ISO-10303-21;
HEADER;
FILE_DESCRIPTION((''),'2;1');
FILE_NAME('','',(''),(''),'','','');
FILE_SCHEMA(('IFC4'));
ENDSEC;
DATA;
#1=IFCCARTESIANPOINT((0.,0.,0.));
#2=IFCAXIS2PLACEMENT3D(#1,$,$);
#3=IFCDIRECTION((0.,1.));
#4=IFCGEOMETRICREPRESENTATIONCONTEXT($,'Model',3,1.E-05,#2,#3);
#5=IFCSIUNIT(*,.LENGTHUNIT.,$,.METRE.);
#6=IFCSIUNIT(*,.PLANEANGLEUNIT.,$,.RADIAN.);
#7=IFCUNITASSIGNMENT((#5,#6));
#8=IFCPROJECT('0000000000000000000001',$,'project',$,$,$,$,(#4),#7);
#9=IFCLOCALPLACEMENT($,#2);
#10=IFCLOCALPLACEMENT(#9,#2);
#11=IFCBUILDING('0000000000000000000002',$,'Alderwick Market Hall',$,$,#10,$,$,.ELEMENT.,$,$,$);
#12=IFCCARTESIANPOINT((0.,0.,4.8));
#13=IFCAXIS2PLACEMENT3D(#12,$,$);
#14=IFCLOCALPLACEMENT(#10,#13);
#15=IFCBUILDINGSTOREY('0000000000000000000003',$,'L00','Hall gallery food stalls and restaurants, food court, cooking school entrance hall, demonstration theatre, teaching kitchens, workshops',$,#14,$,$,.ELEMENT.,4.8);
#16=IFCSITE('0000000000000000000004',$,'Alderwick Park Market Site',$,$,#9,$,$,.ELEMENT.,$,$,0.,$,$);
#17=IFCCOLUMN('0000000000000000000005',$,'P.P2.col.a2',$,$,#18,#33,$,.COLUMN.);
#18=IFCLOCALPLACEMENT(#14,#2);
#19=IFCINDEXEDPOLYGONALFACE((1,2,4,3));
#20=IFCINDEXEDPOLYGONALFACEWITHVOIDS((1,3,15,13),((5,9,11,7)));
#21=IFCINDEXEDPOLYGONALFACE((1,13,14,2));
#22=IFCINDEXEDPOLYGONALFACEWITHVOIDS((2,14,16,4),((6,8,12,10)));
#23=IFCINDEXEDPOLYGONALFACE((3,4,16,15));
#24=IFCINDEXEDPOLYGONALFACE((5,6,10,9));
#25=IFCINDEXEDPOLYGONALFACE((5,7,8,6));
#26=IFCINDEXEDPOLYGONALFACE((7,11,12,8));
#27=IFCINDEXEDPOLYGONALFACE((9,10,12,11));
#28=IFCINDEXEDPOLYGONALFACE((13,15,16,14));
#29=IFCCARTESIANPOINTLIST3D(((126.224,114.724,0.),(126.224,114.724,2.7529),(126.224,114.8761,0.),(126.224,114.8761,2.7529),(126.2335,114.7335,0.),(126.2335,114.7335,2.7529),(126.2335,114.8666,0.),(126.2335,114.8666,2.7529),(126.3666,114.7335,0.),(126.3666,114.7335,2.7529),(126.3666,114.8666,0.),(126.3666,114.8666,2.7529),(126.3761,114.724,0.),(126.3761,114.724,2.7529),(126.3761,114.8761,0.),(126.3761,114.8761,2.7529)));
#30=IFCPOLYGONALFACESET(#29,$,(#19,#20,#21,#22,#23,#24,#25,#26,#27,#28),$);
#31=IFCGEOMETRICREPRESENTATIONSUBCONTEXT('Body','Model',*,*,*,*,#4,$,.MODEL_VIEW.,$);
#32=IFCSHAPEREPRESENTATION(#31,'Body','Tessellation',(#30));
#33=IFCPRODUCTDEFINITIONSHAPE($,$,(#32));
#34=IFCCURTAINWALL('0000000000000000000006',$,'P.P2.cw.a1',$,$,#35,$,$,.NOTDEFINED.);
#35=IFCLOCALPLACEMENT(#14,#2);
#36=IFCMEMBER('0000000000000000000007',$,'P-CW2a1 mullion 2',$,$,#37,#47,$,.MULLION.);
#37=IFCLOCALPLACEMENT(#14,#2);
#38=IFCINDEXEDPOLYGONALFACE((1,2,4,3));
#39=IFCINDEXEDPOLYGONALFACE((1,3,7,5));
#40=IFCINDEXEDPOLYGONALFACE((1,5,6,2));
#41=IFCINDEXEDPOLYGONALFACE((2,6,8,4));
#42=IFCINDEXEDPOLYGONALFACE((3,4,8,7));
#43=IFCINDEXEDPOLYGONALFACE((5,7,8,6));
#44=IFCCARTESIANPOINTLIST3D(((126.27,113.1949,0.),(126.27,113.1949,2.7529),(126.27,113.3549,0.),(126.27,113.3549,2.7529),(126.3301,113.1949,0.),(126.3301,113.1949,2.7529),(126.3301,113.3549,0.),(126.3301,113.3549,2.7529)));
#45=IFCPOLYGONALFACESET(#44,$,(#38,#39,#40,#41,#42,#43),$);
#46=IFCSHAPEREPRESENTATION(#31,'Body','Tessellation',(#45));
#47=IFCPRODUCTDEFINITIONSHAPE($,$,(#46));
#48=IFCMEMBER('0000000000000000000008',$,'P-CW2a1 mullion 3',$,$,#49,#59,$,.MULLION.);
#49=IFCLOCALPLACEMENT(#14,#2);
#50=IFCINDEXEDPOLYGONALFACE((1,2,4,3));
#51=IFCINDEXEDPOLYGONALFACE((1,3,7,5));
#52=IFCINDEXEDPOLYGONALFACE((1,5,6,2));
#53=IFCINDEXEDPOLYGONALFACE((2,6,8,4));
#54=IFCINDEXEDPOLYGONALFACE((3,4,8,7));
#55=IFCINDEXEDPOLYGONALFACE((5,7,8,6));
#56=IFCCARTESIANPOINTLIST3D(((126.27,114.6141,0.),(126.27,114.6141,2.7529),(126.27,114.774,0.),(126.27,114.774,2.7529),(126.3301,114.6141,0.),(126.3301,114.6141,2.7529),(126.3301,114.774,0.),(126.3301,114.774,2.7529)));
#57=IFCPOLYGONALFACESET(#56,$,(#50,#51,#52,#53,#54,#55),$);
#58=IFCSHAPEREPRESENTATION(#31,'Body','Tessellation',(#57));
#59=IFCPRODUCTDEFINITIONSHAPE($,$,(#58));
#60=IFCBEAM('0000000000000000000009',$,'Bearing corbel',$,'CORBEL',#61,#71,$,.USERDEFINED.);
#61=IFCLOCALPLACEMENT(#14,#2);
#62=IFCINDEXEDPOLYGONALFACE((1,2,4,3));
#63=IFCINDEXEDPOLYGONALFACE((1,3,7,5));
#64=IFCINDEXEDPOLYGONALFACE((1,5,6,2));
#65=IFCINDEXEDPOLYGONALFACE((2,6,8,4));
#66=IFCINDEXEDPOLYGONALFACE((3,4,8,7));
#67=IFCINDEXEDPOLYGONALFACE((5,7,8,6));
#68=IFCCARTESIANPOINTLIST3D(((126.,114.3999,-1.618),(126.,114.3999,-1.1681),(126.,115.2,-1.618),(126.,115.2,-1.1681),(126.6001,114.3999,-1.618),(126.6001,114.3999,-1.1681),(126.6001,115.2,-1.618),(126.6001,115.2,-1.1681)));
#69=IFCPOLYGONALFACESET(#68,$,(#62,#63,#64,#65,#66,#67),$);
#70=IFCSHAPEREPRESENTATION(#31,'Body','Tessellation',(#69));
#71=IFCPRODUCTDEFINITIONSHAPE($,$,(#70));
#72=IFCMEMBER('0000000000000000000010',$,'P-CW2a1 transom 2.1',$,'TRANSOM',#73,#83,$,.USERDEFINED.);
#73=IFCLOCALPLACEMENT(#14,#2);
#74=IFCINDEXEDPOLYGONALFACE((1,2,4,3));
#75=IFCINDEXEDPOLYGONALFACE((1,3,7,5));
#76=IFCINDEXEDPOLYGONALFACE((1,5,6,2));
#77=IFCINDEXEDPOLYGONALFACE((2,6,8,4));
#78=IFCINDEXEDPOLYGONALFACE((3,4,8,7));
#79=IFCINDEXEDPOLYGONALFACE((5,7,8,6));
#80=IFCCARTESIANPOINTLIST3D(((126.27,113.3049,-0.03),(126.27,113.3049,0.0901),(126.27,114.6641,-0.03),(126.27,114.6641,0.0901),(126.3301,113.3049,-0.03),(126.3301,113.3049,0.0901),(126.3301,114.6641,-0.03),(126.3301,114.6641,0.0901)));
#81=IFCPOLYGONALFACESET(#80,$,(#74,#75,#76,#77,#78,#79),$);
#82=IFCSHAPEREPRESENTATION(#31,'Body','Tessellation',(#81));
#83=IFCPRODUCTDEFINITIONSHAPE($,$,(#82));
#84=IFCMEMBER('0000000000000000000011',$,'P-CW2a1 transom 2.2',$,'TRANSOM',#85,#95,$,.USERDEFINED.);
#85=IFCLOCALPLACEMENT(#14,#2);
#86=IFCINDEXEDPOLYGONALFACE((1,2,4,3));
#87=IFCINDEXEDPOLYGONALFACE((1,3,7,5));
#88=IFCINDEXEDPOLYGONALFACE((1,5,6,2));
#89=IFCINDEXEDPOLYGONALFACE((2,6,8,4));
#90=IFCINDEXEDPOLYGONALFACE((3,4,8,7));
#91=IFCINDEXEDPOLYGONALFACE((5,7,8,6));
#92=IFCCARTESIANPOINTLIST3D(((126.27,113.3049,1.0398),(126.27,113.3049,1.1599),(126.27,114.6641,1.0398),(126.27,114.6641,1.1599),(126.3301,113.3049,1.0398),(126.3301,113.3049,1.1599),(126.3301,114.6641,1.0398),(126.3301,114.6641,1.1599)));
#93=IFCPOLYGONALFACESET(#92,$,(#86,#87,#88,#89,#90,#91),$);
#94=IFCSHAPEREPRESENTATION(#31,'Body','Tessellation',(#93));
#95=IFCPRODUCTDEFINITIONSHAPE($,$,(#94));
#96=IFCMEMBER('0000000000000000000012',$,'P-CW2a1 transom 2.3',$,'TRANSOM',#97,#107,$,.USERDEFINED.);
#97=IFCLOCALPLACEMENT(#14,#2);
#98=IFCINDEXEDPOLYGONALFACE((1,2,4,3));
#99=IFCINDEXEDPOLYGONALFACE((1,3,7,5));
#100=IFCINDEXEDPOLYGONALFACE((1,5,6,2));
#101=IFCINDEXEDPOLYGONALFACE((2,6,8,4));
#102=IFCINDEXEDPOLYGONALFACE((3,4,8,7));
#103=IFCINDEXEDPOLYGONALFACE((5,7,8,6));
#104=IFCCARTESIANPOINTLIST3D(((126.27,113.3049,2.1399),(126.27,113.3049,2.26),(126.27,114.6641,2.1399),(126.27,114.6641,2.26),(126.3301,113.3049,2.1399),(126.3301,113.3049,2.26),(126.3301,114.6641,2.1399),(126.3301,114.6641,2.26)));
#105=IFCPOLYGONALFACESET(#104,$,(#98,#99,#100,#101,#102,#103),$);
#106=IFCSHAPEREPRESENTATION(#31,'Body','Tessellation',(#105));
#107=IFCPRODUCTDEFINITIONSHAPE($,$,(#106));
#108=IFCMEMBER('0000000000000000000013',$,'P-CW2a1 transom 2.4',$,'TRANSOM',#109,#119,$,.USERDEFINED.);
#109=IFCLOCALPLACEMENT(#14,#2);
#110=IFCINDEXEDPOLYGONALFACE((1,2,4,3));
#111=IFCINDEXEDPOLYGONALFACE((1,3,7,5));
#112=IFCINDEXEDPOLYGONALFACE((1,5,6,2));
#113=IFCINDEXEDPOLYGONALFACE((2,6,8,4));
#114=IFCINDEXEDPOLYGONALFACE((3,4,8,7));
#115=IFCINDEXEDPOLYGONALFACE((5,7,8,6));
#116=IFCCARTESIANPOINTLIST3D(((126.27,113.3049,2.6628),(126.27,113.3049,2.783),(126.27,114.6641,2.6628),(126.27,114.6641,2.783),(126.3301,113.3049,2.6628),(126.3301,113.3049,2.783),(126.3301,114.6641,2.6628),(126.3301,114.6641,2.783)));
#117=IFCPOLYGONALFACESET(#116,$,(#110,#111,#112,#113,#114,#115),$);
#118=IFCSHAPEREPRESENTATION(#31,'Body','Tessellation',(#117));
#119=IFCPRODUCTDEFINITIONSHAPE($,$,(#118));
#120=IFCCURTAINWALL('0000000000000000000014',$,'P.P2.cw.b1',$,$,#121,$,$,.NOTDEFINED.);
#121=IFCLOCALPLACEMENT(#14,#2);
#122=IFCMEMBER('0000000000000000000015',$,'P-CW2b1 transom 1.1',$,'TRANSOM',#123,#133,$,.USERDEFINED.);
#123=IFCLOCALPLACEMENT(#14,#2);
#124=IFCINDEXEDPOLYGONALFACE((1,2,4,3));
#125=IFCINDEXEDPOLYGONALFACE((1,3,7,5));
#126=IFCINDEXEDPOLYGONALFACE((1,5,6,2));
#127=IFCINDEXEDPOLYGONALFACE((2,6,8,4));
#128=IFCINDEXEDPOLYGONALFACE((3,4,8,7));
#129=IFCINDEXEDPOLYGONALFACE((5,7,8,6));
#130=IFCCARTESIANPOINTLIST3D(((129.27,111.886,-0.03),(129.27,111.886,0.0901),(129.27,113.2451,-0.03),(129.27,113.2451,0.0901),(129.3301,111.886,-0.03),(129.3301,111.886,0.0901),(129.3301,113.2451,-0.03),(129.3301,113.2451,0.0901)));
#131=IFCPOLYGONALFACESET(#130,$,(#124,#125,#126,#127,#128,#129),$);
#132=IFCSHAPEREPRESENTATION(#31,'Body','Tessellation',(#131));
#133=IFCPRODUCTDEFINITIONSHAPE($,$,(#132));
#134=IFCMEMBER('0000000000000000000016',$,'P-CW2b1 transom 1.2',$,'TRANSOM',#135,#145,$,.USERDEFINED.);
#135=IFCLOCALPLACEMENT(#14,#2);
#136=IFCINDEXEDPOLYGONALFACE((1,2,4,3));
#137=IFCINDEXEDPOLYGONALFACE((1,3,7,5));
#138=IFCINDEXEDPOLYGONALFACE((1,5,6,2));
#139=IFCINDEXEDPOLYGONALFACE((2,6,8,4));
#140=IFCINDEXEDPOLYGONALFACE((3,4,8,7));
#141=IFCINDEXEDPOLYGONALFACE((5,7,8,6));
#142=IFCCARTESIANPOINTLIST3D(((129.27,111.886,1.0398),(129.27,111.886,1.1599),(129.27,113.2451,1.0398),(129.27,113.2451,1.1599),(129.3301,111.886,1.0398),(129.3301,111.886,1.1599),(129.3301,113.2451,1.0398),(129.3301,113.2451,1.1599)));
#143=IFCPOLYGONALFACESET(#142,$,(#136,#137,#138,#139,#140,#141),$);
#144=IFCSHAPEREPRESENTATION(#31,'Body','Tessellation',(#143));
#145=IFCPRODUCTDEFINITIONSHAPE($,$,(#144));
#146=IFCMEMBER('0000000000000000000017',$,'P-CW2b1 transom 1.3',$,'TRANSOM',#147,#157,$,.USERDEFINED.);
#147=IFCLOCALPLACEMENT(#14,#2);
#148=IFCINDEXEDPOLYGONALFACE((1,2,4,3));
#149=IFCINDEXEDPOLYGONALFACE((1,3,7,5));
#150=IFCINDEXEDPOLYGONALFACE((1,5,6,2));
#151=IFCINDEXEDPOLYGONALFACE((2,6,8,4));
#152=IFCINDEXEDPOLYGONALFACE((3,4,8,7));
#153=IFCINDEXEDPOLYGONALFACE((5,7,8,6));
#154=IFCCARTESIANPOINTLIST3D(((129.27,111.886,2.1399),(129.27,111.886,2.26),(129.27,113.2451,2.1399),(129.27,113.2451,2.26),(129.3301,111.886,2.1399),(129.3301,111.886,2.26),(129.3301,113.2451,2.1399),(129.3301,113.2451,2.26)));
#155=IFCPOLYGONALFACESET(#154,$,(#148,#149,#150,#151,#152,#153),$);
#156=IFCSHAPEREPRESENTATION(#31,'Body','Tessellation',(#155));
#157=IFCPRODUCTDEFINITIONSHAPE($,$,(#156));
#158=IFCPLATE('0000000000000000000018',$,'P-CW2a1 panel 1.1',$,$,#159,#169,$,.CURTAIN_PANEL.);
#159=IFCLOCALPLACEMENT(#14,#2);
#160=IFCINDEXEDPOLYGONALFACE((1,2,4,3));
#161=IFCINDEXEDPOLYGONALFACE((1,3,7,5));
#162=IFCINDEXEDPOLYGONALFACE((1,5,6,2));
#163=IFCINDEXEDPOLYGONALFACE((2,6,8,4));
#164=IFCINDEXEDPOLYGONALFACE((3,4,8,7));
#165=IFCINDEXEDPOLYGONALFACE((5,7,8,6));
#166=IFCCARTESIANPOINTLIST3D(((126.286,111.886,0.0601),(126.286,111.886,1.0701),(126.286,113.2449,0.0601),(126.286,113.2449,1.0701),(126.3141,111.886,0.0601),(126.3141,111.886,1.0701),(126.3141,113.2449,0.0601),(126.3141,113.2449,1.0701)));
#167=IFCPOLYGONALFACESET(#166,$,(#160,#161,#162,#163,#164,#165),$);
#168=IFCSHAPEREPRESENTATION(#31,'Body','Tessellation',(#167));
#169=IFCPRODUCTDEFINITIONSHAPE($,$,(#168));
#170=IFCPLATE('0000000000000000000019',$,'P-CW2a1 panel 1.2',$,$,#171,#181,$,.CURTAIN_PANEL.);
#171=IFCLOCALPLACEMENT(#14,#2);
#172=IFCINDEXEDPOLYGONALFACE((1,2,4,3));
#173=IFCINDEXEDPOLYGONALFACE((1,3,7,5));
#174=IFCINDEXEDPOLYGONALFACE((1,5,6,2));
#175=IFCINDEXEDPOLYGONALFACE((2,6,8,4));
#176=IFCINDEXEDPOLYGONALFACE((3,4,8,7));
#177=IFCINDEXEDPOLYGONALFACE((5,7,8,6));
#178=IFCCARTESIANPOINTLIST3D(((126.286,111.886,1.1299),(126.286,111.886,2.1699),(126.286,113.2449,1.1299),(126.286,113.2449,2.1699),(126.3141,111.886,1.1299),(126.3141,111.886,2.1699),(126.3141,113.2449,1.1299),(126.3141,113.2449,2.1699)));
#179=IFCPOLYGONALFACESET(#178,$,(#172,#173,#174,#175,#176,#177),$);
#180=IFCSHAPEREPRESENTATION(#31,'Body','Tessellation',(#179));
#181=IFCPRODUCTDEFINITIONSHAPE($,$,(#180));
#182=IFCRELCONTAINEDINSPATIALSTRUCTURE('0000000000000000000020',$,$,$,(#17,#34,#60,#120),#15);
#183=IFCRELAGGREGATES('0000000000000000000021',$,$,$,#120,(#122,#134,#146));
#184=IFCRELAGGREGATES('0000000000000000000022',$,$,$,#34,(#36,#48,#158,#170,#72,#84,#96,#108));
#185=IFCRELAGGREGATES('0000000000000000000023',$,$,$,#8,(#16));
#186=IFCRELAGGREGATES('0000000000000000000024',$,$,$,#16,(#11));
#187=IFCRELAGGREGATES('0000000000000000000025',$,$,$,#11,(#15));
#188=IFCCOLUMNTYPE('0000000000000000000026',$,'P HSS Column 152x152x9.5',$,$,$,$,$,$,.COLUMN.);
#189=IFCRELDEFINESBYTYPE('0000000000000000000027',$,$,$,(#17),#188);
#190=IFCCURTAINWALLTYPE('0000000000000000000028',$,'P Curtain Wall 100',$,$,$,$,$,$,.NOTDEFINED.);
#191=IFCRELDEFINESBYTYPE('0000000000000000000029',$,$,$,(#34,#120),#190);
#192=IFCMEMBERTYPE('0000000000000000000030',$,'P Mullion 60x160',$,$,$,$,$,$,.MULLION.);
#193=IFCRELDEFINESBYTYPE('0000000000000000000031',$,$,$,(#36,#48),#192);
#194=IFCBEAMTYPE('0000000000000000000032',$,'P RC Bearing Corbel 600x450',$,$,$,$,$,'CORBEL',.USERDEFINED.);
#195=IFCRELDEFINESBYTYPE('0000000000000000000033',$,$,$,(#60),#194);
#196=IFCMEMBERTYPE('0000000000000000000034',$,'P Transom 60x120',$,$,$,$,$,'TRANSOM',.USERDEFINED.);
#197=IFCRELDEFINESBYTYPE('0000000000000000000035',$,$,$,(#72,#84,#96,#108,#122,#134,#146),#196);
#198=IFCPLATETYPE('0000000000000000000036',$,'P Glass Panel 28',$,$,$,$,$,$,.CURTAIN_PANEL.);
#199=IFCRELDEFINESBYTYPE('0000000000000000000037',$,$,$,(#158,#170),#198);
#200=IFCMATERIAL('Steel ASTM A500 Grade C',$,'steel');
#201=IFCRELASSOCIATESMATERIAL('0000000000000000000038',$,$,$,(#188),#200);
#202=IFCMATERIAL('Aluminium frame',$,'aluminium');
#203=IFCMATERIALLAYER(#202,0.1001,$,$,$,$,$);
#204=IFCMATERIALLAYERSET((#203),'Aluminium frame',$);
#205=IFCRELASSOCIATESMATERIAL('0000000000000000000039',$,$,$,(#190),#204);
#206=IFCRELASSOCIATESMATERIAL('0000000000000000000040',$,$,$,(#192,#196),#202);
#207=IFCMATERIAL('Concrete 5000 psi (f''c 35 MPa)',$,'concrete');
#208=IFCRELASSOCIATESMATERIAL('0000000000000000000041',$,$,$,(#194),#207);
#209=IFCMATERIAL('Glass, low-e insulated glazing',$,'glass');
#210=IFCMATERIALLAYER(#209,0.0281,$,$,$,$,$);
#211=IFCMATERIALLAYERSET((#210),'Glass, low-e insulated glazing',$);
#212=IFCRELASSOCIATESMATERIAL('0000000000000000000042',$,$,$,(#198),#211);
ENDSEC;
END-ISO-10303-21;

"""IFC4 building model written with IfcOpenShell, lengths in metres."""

from ifc_helpers import new_model, si_unit, direction, frame, origin, origin_2d, place, context, subcontext, project, spatial, rectangle, hollow_rectangle, extrude, material, layer, layer_set, material_profile, profile_set, type_object, element, aggregate, save


model = new_model("IFC4")

# Units and contexts
model_context = context("Model", 3, precision=1e-05, world=origin(), true_north=direction((0.0, 1.0)))
body_context = subcontext(model_context, "Body", "Model", "MODEL_VIEW")
ifc_project = project(units=[si_unit("LENGTHUNIT", "METRE"), si_unit("PLANEANGLEUNIT", "RADIAN")], contexts=[model_context])

# Site, building, storey
site_placement = place(None, origin())
site = spatial("IfcSite", under=ifc_project, at=site_placement, Name="Alderwick Park Market Site", CompositionType="ELEMENT", RefElevation=0.0)
building_placement = place(site_placement, origin())
building = spatial("IfcBuilding", under=site, at=building_placement, Name="Alderwick Market Hall", CompositionType="ELEMENT")
storey_placement = place(building_placement, frame((0.0, 0.0, 4.8)))
storey = spatial("IfcBuildingStorey", under=building, at=storey_placement, Name="L00", Description="Hall gallery food stalls and restaurants, food court, cooking school entrance hall, demonstration theatre, teaching kitchens, workshops", CompositionType="ELEMENT", Elevation=4.8)

# Column
ifc_material_1 = material(Name="Steel ASTM A500 Grade C", Category="steel")
ifc_material_profile_1 = material_profile(ifc_material_1, hollow_rectangle(XDim=0.1521, YDim=0.1521, WallThickness=0.0095, at=origin_2d()), Name="HSS152x152x9.5")
ifc_profile_set_1 = profile_set([ifc_material_profile_1], Name="Steel ASTM A500 Grade C")
column_type = type_object("IfcColumnType", Name="P HSS Column 152x152x9.5", PredefinedType="COLUMN", material=ifc_profile_set_1)
column_placement = place(storey_placement, frame((126.3, 114.8, 0.0), z_axis=(0.0, 0.0, 1.0), x_axis=(1.0, 0.0, 0.0)))
element("IfcColumn", 1, at=column_placement, inside=storey, type_object=column_type, Name="P.P2.col.a2", PredefinedType="COLUMN", context=body_context, shape_type="SweptSolid", body=[
    extrude(hollow_rectangle(XDim=0.1521, YDim=0.1521, WallThickness=0.0095, at=origin_2d()), origin(), (0.0, 0.0, 1.0), 2.7529),
])

# Curtain wall, members
ifc_material_2 = material(Name="Aluminium frame", Category="aluminium")
ifc_layer_1 = layer(ifc_material_2, 0.1001)
ifc_layer_set_1 = layer_set([ifc_layer_1], Name="Aluminium frame")
curtain_wall_type = type_object("IfcCurtainWallType", Name="P Curtain Wall 100", PredefinedType="NOTDEFINED", material=ifc_layer_set_1)
curtain_wall_1_placement = place(storey_placement, origin())
curtain_wall_1 = element("IfcCurtainWall", 2, at=curtain_wall_1_placement, inside=storey, type_object=curtain_wall_type, Name="P.P2.cw.a1", PredefinedType="NOTDEFINED")
ifc_material_profile_2 = material_profile(ifc_material_2, rectangle(XDim=0.0601, YDim=0.1599, at=origin_2d()), Name="P Mullion 60x160")
ifc_profile_set_2 = profile_set([ifc_material_profile_2], Name="Aluminium frame")
member_type_1 = type_object("IfcMemberType", Name="P Mullion 60x160", PredefinedType="MULLION", material=ifc_profile_set_2)
member_1_placement = place(storey_placement, frame((126.3, 113.2749, 0.0), z_axis=(0.0, 0.0, 1.0), x_axis=(-1.0, 0.0, 0.0)))
member_1 = element("IfcMember", 3, at=member_1_placement, type_object=member_type_1, Name="P-CW2a1 mullion 2", PredefinedType="MULLION", context=body_context, shape_type="SweptSolid", body=[
    extrude(rectangle(XDim=0.0601, YDim=0.1599, at=origin_2d()), origin(), (0.0, 0.0, 1.0), 2.7529),
])
member_2_placement = place(storey_placement, frame((126.3, 114.6941, 0.0), z_axis=(0.0, 0.0, 1.0), x_axis=(-1.0, 0.0, 0.0)))
member_2 = element("IfcMember", 4, at=member_2_placement, type_object=member_type_1, Name="P-CW2a1 mullion 3", PredefinedType="MULLION", context=body_context, shape_type="SweptSolid", body=[
    extrude(rectangle(XDim=0.0601, YDim=0.1599, at=origin_2d()), origin(), (0.0, 0.0, 1.0), 2.7529),
])

# Beam
ifc_material_3 = material(Name="Concrete 5000 psi (f'c 35 MPa)", Category="concrete")
ifc_material_profile_3 = material_profile(ifc_material_3, rectangle(XDim=0.6001, YDim=0.45, at=origin_2d()), Name="P RC Bearing Corbel 600x450")
ifc_profile_set_3 = profile_set([ifc_material_profile_3], Name="Concrete 5000 psi (f'c 35 MPa)")
beam_type = type_object("IfcBeamType", Name="P RC Bearing Corbel 600x450", ElementType="CORBEL", PredefinedType="USERDEFINED", material=ifc_profile_set_3)
beam_placement = place(storey_placement, frame((126.3, 114.3999, -1.3931), z_axis=(0.0, 1.0, 0.0), x_axis=(-1.0, 0.0, 0.0)))
element("IfcBeam", 5, at=beam_placement, inside=storey, type_object=beam_type, Name="Bearing corbel", ObjectType="CORBEL", PredefinedType="USERDEFINED", context=body_context, shape_type="SweptSolid", body=[
    extrude(rectangle(XDim=0.6001, YDim=0.45, at=origin_2d()), origin(), (0.0, 0.0, 1.0), 0.8),
])

# Members
ifc_material_profile_4 = material_profile(ifc_material_2, rectangle(XDim=0.0601, YDim=0.1201, at=origin_2d()), Name="P Transom 60x120")
ifc_profile_set_4 = profile_set([ifc_material_profile_4], Name="Aluminium frame")
member_type_2 = type_object("IfcMemberType", Name="P Transom 60x120", ElementType="TRANSOM", PredefinedType="USERDEFINED", material=ifc_profile_set_4)
member_3_placement = place(storey_placement, frame((126.3, 113.3049, 0.03), z_axis=(0.0, 1.0, 0.0), x_axis=(-1.0, 0.0, 0.0)))
member_3 = element("IfcMember", 6, at=member_3_placement, type_object=member_type_2, Name="P-CW2a1 transom 2.1", ObjectType="TRANSOM", PredefinedType="USERDEFINED", context=body_context, shape_type="SweptSolid", body=[
    extrude(rectangle(XDim=0.0601, YDim=0.1201, at=origin_2d()), origin(), (0.0, 0.0, 1.0), 1.3591),
])
member_4_placement = place(storey_placement, frame((126.3, 113.3049, 1.0999), z_axis=(0.0, 1.0, 0.0), x_axis=(-1.0, 0.0, 0.0)))
member_4 = element("IfcMember", 7, at=member_4_placement, type_object=member_type_2, Name="P-CW2a1 transom 2.2", ObjectType="TRANSOM", PredefinedType="USERDEFINED", context=body_context, shape_type="SweptSolid", body=[
    extrude(rectangle(XDim=0.0601, YDim=0.1201, at=origin_2d()), origin(), (0.0, 0.0, 1.0), 1.3591),
])
member_5_placement = place(storey_placement, frame((126.3, 113.3049, 2.2), z_axis=(0.0, 1.0, 0.0), x_axis=(-1.0, 0.0, 0.0)))
member_5 = element("IfcMember", 8, at=member_5_placement, type_object=member_type_2, Name="P-CW2a1 transom 2.3", ObjectType="TRANSOM", PredefinedType="USERDEFINED", context=body_context, shape_type="SweptSolid", body=[
    extrude(rectangle(XDim=0.0601, YDim=0.1201, at=origin_2d()), origin(), (0.0, 0.0, 1.0), 1.3591),
])
member_6_placement = place(storey_placement, frame((126.3, 113.3049, 2.7229), z_axis=(0.0, 1.0, 0.0), x_axis=(-1.0, 0.0, 0.0)))
member_6 = element("IfcMember", 9, at=member_6_placement, type_object=member_type_2, Name="P-CW2a1 transom 2.4", ObjectType="TRANSOM", PredefinedType="USERDEFINED", context=body_context, shape_type="SweptSolid", body=[
    extrude(rectangle(XDim=0.0601, YDim=0.1201, at=origin_2d()), origin(), (0.0, 0.0, 1.0), 1.3591),
])

# Curtain wall, members
curtain_wall_2_placement = place(storey_placement, origin())
curtain_wall_2 = element("IfcCurtainWall", 10, at=curtain_wall_2_placement, inside=storey, type_object=curtain_wall_type, Name="P.P2.cw.b1", PredefinedType="NOTDEFINED")
member_7_placement = place(storey_placement, frame((129.3, 111.886, 0.03), z_axis=(0.0, 1.0, 0.0), x_axis=(-1.0, 0.0, 0.0)))
member_7 = element("IfcMember", 11, at=member_7_placement, type_object=member_type_2, Name="P-CW2b1 transom 1.1", ObjectType="TRANSOM", PredefinedType="USERDEFINED", context=body_context, shape_type="SweptSolid", body=[
    extrude(rectangle(XDim=0.0601, YDim=0.1201, at=origin_2d()), origin(), (0.0, 0.0, 1.0), 1.3591),
])
member_8_placement = place(storey_placement, frame((129.3, 111.886, 1.0999), z_axis=(0.0, 1.0, 0.0), x_axis=(-1.0, 0.0, 0.0)))
member_8 = element("IfcMember", 12, at=member_8_placement, type_object=member_type_2, Name="P-CW2b1 transom 1.2", ObjectType="TRANSOM", PredefinedType="USERDEFINED", context=body_context, shape_type="SweptSolid", body=[
    extrude(rectangle(XDim=0.0601, YDim=0.1201, at=origin_2d()), origin(), (0.0, 0.0, 1.0), 1.3591),
])
member_9_placement = place(storey_placement, frame((129.3, 111.886, 2.2), z_axis=(0.0, 1.0, 0.0), x_axis=(-1.0, 0.0, 0.0)))
member_9 = element("IfcMember", 13, at=member_9_placement, type_object=member_type_2, Name="P-CW2b1 transom 1.3", ObjectType="TRANSOM", PredefinedType="USERDEFINED", context=body_context, shape_type="SweptSolid", body=[
    extrude(rectangle(XDim=0.0601, YDim=0.1201, at=origin_2d()), origin(), (0.0, 0.0, 1.0), 1.3591),
])
aggregate(curtain_wall_2, [member_7, member_8, member_9])

# Plates
ifc_material_4 = material(Name="Glass, low-e insulated glazing", Category="glass")
ifc_layer_2 = layer(ifc_material_4, 0.0281)
ifc_layer_set_2 = layer_set([ifc_layer_2], Name="Glass, low-e insulated glazing")
plate_type_1 = type_object("IfcPlateType", Name="P Glass Panel 28", PredefinedType="CURTAIN_PANEL", material=ifc_layer_set_2)
plate_1_placement = place(storey_placement, frame((126.3, 112.5654, 0.0601), z_axis=(0.0, 0.0, 1.0), x_axis=(0.0, 1.0, 0.0)))
plate_1 = element("IfcPlate", 14, at=plate_1_placement, type_object=plate_type_1, Name="P-CW2a1 panel 1.1", PredefinedType="CURTAIN_PANEL", context=body_context, shape_type="SweptSolid", body=[
    extrude(rectangle(XDim=1.3589, YDim=0.0281, at=origin_2d()), origin(), (0.0, 0.0, 1.0), 1.01),
])
plate_2_placement = place(storey_placement, frame((126.3, 112.5654, 1.1299), z_axis=(0.0, 0.0, 1.0), x_axis=(0.0, 1.0, 0.0)))
plate_2 = element("IfcPlate", 15, at=plate_2_placement, type_object=plate_type_1, Name="P-CW2a1 panel 1.2", PredefinedType="CURTAIN_PANEL", context=body_context, shape_type="SweptSolid", body=[
    extrude(rectangle(XDim=1.3589, YDim=0.0281, at=origin_2d()), origin(), (0.0, 0.0, 1.0), 1.04),
])
aggregate(curtain_wall_1, [member_1, member_2, plate_1, plate_2, member_3, member_4, member_5, member_6])

save(model, "model.ifc")
